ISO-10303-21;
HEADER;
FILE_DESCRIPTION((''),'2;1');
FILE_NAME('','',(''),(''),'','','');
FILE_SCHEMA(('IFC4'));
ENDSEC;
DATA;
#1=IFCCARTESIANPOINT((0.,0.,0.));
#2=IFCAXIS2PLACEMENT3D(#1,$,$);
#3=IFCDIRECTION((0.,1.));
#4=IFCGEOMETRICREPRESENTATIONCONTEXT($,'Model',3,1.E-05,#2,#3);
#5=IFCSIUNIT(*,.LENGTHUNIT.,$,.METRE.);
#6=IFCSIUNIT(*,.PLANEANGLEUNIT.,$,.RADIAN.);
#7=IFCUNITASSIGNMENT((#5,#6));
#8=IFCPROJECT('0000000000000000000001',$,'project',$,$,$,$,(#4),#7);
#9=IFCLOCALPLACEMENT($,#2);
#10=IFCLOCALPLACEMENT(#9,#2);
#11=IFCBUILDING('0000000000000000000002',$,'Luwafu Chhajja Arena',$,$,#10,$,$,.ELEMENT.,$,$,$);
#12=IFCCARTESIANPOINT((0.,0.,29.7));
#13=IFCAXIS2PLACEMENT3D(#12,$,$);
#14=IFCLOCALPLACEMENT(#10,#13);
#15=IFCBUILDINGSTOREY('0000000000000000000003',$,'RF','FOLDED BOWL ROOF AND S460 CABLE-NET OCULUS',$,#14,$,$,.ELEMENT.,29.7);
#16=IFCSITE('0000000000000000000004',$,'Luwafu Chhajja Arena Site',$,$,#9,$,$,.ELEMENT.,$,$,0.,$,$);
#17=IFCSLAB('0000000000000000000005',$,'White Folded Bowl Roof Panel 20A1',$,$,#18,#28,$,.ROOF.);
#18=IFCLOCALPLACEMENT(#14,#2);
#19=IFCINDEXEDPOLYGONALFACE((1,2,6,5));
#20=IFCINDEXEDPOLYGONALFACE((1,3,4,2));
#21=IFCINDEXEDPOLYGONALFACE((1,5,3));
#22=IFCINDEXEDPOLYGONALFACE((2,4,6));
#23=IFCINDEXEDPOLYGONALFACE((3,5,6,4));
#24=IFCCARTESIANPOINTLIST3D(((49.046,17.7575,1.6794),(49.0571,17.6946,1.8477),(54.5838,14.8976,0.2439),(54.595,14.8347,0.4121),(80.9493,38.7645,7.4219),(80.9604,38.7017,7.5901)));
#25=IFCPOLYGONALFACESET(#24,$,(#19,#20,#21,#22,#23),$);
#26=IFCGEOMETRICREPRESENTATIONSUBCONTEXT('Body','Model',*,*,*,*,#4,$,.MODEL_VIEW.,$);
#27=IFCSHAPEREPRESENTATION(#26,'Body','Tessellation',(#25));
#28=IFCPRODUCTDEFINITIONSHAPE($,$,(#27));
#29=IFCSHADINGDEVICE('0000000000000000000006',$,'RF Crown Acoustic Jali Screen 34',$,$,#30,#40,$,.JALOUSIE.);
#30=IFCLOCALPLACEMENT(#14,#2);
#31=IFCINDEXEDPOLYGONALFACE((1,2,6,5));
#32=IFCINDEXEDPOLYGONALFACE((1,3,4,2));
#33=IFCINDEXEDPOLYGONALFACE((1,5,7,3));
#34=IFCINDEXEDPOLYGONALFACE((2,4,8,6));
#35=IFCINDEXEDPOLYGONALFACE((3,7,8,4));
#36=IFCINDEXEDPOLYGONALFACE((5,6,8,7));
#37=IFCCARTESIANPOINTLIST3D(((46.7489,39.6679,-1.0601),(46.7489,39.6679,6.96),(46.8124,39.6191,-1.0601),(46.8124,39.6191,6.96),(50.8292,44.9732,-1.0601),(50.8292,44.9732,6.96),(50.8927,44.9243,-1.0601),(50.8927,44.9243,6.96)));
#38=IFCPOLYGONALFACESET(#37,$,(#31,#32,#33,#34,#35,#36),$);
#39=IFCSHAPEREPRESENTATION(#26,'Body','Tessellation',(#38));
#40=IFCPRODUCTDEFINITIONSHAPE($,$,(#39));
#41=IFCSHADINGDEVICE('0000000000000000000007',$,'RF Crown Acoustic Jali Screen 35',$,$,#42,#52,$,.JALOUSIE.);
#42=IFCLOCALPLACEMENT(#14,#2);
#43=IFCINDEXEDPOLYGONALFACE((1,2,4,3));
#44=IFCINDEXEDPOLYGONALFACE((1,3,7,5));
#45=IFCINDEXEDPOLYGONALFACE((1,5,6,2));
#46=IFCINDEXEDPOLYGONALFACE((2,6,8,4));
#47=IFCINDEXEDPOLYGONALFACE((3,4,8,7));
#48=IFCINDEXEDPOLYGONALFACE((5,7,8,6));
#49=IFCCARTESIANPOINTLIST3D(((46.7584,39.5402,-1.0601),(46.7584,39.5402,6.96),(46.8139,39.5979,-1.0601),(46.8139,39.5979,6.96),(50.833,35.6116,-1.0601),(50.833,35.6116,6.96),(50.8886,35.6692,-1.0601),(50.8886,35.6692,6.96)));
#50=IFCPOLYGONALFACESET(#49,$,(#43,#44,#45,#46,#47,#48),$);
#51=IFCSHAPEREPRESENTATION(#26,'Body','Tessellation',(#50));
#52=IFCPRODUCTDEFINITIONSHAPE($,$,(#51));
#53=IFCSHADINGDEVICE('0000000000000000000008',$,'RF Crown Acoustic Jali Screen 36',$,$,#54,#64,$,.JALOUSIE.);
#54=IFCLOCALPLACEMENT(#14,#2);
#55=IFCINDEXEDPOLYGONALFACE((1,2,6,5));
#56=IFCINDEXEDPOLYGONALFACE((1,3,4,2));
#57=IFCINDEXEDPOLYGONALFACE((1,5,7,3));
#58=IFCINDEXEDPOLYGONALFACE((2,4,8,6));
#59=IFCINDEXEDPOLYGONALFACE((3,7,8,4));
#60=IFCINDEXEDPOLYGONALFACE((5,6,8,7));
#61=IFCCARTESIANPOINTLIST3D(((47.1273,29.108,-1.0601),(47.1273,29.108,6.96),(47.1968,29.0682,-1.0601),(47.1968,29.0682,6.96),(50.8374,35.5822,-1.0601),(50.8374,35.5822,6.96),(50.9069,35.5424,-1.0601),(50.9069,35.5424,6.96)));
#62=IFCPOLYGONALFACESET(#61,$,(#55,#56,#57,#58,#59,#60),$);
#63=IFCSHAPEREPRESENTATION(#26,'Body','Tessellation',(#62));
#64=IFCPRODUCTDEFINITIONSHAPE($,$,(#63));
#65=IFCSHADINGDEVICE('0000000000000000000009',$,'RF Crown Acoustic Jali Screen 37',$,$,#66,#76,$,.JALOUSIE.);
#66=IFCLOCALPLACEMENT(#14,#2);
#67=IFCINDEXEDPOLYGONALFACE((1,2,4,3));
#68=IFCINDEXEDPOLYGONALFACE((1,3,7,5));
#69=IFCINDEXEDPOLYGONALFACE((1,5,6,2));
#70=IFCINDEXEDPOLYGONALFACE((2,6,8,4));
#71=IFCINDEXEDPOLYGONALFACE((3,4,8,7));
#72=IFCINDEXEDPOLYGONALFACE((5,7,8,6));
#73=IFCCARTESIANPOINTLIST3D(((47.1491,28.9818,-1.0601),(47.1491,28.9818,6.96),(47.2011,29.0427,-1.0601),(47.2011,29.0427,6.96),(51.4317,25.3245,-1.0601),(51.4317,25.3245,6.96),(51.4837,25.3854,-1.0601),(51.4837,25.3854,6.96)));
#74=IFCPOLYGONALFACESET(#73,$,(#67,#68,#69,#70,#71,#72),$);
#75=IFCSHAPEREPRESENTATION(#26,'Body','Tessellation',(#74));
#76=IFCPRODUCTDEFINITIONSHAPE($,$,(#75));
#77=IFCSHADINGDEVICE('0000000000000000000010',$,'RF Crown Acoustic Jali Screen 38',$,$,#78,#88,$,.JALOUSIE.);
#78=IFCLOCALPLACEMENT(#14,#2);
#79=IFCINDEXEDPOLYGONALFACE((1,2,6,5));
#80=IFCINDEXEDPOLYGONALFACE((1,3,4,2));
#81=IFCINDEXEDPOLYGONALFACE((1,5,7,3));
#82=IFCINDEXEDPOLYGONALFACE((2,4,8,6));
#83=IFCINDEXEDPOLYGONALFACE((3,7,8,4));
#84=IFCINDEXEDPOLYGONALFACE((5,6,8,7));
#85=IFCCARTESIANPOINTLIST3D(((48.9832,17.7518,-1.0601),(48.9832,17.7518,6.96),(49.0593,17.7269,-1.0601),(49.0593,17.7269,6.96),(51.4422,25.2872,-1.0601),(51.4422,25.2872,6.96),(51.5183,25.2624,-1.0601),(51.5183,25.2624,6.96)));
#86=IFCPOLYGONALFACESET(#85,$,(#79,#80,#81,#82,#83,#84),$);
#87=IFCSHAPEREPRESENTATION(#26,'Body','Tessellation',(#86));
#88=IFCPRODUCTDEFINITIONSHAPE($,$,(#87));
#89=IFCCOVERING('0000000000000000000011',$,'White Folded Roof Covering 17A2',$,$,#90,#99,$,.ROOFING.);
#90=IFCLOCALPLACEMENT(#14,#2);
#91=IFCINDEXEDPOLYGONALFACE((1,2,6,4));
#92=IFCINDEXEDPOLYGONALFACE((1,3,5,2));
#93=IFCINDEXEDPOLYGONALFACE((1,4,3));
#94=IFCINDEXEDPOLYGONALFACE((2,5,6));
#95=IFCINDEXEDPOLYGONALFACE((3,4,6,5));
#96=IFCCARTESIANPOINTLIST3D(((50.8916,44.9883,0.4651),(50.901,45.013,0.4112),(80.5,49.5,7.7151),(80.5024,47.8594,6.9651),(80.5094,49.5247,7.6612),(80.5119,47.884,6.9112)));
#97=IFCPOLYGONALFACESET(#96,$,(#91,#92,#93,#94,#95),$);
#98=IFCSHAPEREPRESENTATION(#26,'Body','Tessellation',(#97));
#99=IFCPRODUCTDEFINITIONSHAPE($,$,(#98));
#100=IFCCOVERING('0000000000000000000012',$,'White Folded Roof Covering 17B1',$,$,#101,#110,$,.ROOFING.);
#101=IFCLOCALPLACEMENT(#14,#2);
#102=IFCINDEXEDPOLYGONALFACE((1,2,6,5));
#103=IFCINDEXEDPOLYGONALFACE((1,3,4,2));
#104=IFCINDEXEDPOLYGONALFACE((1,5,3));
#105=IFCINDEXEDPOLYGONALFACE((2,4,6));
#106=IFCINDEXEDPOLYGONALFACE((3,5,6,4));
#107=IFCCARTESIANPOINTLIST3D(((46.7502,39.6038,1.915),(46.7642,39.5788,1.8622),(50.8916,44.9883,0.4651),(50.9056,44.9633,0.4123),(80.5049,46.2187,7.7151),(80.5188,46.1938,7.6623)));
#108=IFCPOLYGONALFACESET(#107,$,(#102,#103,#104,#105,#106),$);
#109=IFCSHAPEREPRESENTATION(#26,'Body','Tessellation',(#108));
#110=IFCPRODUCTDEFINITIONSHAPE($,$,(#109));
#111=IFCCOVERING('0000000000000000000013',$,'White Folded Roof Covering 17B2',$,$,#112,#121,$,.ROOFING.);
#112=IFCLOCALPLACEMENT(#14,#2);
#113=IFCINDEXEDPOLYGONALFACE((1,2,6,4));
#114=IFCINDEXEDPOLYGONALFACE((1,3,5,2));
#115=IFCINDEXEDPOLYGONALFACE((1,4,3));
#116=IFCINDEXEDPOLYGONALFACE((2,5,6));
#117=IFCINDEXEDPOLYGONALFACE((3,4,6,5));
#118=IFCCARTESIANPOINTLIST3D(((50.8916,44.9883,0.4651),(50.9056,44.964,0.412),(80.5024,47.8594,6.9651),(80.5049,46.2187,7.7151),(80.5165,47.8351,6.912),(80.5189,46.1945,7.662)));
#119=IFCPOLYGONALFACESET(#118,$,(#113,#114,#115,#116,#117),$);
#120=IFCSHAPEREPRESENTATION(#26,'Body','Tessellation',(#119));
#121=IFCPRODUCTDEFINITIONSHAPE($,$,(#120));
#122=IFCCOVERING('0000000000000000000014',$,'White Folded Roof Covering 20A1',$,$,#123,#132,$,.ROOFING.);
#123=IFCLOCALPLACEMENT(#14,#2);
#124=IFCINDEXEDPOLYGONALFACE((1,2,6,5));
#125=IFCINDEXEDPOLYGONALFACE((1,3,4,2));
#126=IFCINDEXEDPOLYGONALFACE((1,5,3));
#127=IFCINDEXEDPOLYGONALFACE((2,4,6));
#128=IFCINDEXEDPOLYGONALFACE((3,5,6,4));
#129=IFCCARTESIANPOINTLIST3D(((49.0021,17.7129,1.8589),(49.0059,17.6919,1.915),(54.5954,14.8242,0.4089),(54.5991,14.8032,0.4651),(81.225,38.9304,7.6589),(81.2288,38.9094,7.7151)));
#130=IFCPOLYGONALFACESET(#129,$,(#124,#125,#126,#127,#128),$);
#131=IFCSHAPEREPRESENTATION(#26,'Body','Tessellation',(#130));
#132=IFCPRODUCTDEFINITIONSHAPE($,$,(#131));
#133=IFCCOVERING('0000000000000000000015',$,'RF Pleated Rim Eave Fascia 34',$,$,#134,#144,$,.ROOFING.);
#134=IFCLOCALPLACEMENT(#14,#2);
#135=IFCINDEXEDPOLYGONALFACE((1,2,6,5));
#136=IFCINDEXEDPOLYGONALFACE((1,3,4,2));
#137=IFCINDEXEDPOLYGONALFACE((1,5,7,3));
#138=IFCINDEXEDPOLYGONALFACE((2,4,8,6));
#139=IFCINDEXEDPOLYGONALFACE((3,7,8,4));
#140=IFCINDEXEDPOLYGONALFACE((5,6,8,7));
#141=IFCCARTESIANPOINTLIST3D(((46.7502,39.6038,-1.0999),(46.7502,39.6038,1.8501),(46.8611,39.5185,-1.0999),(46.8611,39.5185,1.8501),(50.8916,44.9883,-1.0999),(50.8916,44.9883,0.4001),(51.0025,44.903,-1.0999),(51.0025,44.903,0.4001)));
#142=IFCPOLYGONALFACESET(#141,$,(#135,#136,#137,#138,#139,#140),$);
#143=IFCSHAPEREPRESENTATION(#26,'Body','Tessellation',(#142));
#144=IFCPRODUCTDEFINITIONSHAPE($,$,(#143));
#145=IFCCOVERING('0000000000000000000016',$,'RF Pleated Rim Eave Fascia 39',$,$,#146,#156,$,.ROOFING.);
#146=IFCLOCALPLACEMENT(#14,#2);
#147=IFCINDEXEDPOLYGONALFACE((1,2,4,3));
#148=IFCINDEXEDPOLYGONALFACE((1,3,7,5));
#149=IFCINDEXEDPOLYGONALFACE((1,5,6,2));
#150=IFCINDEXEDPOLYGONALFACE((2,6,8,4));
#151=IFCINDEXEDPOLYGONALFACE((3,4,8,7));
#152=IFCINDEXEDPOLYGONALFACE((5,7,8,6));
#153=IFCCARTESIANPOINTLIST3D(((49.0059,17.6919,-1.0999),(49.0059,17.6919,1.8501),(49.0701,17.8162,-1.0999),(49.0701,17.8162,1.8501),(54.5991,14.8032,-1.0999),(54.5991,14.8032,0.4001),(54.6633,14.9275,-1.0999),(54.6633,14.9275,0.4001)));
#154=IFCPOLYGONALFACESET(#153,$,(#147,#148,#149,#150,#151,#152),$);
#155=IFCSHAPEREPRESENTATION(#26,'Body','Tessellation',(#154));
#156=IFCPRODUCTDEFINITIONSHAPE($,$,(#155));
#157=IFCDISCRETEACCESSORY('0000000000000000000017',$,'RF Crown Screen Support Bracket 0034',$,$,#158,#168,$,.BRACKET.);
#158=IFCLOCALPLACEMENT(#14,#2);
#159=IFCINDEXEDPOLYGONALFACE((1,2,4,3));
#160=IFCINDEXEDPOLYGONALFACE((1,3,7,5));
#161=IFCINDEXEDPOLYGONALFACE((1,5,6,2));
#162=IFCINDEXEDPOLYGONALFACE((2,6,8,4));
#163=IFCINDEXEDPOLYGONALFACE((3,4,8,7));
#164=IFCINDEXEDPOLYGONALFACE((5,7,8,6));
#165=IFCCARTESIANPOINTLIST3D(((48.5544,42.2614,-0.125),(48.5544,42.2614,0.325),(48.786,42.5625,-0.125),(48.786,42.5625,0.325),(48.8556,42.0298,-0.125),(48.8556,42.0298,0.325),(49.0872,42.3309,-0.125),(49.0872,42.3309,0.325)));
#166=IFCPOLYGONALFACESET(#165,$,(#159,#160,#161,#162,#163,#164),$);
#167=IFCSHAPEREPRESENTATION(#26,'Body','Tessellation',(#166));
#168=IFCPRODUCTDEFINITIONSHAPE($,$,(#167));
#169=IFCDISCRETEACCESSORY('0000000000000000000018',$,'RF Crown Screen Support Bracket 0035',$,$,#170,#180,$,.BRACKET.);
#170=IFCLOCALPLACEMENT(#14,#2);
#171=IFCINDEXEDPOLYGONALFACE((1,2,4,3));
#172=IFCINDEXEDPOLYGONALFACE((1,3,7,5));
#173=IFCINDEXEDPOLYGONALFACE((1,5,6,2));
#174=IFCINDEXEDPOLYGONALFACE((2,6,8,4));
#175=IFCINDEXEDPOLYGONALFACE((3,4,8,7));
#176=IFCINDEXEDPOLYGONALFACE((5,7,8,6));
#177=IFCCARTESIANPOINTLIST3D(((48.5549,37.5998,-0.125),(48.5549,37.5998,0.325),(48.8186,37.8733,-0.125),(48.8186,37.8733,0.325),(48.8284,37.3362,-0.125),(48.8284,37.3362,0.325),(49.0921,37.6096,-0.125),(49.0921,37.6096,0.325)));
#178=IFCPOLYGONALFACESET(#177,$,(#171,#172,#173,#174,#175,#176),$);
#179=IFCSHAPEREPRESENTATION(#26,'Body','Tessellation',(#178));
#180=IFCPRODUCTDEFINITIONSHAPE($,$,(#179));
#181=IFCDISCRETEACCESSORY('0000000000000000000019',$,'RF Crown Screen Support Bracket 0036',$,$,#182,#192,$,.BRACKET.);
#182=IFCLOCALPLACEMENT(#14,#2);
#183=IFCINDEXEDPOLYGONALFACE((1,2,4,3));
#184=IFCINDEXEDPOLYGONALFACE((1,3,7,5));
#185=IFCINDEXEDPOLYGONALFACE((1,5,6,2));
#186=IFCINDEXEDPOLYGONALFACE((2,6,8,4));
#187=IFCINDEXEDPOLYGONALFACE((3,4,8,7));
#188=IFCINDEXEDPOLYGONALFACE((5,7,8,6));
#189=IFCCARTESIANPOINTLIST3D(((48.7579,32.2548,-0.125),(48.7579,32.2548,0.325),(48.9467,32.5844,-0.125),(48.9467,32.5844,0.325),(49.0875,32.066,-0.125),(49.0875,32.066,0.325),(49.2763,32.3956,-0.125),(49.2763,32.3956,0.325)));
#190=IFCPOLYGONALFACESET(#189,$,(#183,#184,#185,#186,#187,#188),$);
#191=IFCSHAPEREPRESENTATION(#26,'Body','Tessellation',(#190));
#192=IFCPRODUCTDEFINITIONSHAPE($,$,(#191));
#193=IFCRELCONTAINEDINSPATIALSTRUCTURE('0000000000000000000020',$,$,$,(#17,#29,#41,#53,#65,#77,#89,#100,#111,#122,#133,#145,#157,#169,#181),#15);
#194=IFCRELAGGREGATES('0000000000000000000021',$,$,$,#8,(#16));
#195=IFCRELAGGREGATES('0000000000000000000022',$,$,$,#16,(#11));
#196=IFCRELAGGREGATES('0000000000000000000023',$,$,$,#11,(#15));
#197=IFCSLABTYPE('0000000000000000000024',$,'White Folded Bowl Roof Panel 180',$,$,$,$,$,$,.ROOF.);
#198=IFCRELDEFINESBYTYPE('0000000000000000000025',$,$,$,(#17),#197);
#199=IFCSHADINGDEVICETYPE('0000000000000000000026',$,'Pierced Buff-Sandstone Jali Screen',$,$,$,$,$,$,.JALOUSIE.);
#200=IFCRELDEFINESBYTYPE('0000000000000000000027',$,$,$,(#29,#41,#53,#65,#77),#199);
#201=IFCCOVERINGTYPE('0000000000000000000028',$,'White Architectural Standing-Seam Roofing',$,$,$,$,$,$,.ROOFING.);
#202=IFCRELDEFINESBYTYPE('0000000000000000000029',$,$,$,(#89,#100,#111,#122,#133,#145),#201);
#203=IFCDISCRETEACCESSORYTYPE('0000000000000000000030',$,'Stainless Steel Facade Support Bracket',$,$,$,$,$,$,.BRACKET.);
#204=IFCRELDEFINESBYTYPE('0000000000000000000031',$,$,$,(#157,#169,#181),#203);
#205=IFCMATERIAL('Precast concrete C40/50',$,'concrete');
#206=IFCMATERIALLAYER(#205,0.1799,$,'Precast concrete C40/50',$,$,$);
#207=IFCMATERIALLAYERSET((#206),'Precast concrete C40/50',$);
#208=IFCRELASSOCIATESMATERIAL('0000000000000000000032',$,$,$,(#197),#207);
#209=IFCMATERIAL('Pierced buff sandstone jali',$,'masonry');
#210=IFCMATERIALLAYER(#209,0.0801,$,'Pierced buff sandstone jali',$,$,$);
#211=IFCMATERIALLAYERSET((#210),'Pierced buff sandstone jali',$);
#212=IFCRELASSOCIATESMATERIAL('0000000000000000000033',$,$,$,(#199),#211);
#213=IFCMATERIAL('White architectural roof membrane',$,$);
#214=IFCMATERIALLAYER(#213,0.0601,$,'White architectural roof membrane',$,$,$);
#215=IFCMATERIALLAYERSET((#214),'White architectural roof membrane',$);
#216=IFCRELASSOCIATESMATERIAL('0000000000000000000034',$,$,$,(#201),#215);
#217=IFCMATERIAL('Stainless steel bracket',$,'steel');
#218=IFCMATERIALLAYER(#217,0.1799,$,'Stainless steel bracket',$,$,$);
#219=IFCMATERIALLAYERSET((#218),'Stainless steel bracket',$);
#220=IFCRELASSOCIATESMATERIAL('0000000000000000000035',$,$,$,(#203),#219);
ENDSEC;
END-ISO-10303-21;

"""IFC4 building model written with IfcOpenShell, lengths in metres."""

from ifc_helpers import new_model, si_unit, direction, frame, origin, origin_2d, place, context, subcontext, project, spatial, polyline, rectangle, outline, extrude, material, layer, layer_set, type_object, element, save


model = new_model("IFC4")

# Units and contexts
model_context = context("Model", 3, precision=1e-05, world=origin(), true_north=direction((0.0, 1.0)))
body_context = subcontext(model_context, "Body", "Model", "MODEL_VIEW")
ifc_project = project(units=[si_unit("LENGTHUNIT", "METRE"), si_unit("PLANEANGLEUNIT", "RADIAN")], contexts=[model_context])

# Site, building, storey
site_placement = place(None, origin())
site = spatial("IfcSite", under=ifc_project, at=site_placement, Name="Luwafu Chhajja Arena Site", CompositionType="ELEMENT", RefElevation=0.0)
building_placement = place(site_placement, origin())
building = spatial("IfcBuilding", under=site, at=building_placement, Name="Luwafu Chhajja Arena", CompositionType="ELEMENT")
storey_placement = place(building_placement, frame((0.0, 0.0, 29.7)))
storey = spatial("IfcBuildingStorey", under=building, at=storey_placement, Name="RF", Description="FOLDED BOWL ROOF AND S460 CABLE-NET OCULUS", CompositionType="ELEMENT", Elevation=29.7)

# Slab
ifc_material_1 = material(Name="Precast concrete C40/50", Category="concrete")
ifc_layer_1 = layer(ifc_material_1, 0.1799, Name="Precast concrete C40/50")
ifc_layer_set_1 = layer_set([ifc_layer_1], Name="Precast concrete C40/50")
slab_type = type_object("IfcSlabType", Name="White Folded Bowl Roof Panel 180", PredefinedType="ROOF", material=ifc_layer_set_1)
slab_placement = place(storey_placement, frame((49.0571, 17.6946, 1.8477), z_axis=(0.061857, -0.349501, 0.934892), x_axis=(0.825919, 0.543835, 0.148661)))
element("IfcSlab", 1, at=slab_placement, inside=storey, type_object=slab_type, Name="White Folded Bowl Roof Panel 20A1", PredefinedType="ROOF", context=body_context, shape_type="SweptSolid", body=[
    extrude(outline(polyline([(0.0, 0.0), (38.6276, 0.0), (2.8051, -5.7479), (0.0, 0.0)])), origin(), (0.0, 0.0, -1.0), 0.1799),
])

# Shading devices
ifc_material_2 = material(Name="Pierced buff sandstone jali", Category="masonry")
ifc_layer_2 = layer(ifc_material_2, 0.0801, Name="Pierced buff sandstone jali")
ifc_layer_set_2 = layer_set([ifc_layer_2], Name="Pierced buff sandstone jali")
shading_device_type = type_object("IfcShadingDeviceType", Name="Pierced Buff-Sandstone Jali Screen", PredefinedType="JALOUSIE", material=ifc_layer_set_2)
shading_device_1_placement = place(storey_placement, frame((48.8208, 42.2961, -1.0601), z_axis=(0.0, 0.0, 1.0), x_axis=(-0.609653, -0.792668, 0.0)))
element("IfcShadingDevice", 2, at=shading_device_1_placement, inside=storey, type_object=shading_device_type, Name="RF Crown Acoustic Jali Screen 34", PredefinedType="JALOUSIE", context=body_context, shape_type="SweptSolid", body=[
    extrude(rectangle(XDim=6.6929, YDim=0.0801, at=origin_2d()), origin(), (0.0, 0.0, 1.0), 8.02),
])
shading_device_2_placement = place(storey_placement, frame((48.8235, 37.6047, -1.0601), z_axis=(0.0, 0.0, 1.0), x_axis=(0.719888, -0.69409, 0.0)))
element("IfcShadingDevice", 3, at=shading_device_2_placement, inside=storey, type_object=shading_device_type, Name="RF Crown Acoustic Jali Screen 35", PredefinedType="JALOUSIE", context=body_context, shape_type="SweptSolid", body=[
    extrude(rectangle(XDim=5.6602, YDim=0.0801, at=origin_2d()), origin(), (0.0, 0.0, 1.0), 8.02),
])
shading_device_3_placement = place(storey_placement, frame((49.0171, 32.3252, -1.0601), z_axis=(0.0, 0.0, 1.0), x_axis=(-0.497201, -0.867635, 0.0)))
element("IfcShadingDevice", 4, at=shading_device_3_placement, inside=storey, type_object=shading_device_type, Name="RF Crown Acoustic Jali Screen 36", PredefinedType="JALOUSIE", context=body_context, shape_type="SweptSolid", body=[
    extrude(rectangle(XDim=7.4619, YDim=0.0801, at=origin_2d()), origin(), (0.0, 0.0, 1.0), 8.02),
])
shading_device_4_placement = place(storey_placement, frame((49.3164, 27.1836, -1.0601), z_axis=(0.0, 0.0, 1.0), x_axis=(0.760439, -0.64941, 0.0)))
element("IfcShadingDevice", 5, at=shading_device_4_placement, inside=storey, type_object=shading_device_type, Name="RF Crown Acoustic Jali Screen 37", PredefinedType="JALOUSIE", context=body_context, shape_type="SweptSolid", body=[
    extrude(rectangle(XDim=5.6318, YDim=0.0801, at=origin_2d()), origin(), (0.0, 0.0, 1.0), 8.02),
])
shading_device_5_placement = place(storey_placement, frame((50.2507, 21.5071, -1.0601), z_axis=(0.0, 0.0, 1.0), x_axis=(-0.310226, -0.950663, 0.0)))
element("IfcShadingDevice", 6, at=shading_device_5_placement, inside=storey, type_object=shading_device_type, Name="RF Crown Acoustic Jali Screen 38", PredefinedType="JALOUSIE", context=body_context, shape_type="SweptSolid", body=[
    extrude(rectangle(XDim=7.9265, YDim=0.0801, at=origin_2d()), origin(), (0.0, 0.0, 1.0), 8.02),
])

# Coverings
ifc_material_3 = material(Name="White architectural roof membrane")
ifc_layer_3 = layer(ifc_material_3, 0.0601, Name="White architectural roof membrane")
ifc_layer_set_3 = layer_set([ifc_layer_3], Name="White architectural roof membrane")
covering_type = type_object("IfcCoveringType", Name="White Architectural Standing-Seam Roofing", PredefinedType="ROOFING", material=ifc_layer_set_3)
covering_1_placement = place(storey_placement, frame((50.8916, 44.9883, 0.4651), z_axis=(-0.157308, -0.410777, 0.898063), x_axis=(0.972393, 0.094284, 0.213454)))
element("IfcCovering", 7, at=covering_1_placement, inside=storey, type_object=covering_type, Name="White Folded Roof Covering 17A2", PredefinedType="ROOFING", context=body_context, shape_type="SweptSolid", body=[
    extrude(outline(polyline([(0.0, 0.0), (30.4515, 0.0), (30.7639, 1.7767), (0.0, 0.0)])), origin(), (0.0, 0.0, -1.0), 0.0601),
])
covering_2_placement = place(storey_placement, frame((50.8916, 44.9883, 0.4651), z_axis=(-0.232543, 0.415634, 0.879302), x_axis=(-0.596226, -0.775203, 0.208748)))
element("IfcCovering", 8, at=covering_2_placement, inside=storey, type_object=covering_type, Name="White Folded Roof Covering 17B1", PredefinedType="ROOFING", context=body_context, shape_type="SweptSolid", body=[
    extrude(outline(polyline([(0.0, 0.0), (6.946, 0.0), (-17.0966, 25.2731), (0.0, 0.0)])), origin(), (0.0, 0.0, -1.0), 0.0601),
])
covering_3_placement = place(storey_placement, frame((50.8916, 44.9883, 0.4651), z_axis=(-0.233332, 0.403996, 0.884502), x_axis=(0.970524, 0.040326, 0.237606)))
element("IfcCovering", 9, at=covering_3_placement, inside=storey, type_object=covering_type, Name="White Folded Roof Covering 17B2", PredefinedType="ROOFING", context=body_context, shape_type="SweptSolid", body=[
    extrude(outline(polyline([(0.0, 0.0), (30.5127, 0.0), (30.3983, 1.8003), (0.0, 0.0)])), origin(), (0.0, 0.0, -1.0), 0.0601),
])
covering_4_placement = place(storey_placement, frame((49.0059, 17.6919, 1.915), z_axis=(0.061853, -0.349499, 0.934893), x_axis=(0.865832, -0.447164, -0.224451)))
element("IfcCovering", 10, at=covering_4_placement, inside=storey, type_object=covering_type, Name="White Folded Roof Covering 20A1", PredefinedType="ROOFING", context=body_context, shape_type="SweptSolid", body=[
    extrude(outline(polyline([(0.0, 0.0), (6.46, 0.0), (17.1101, 35.0626), (0.0, 0.0)])), origin(), (0.0, 0.0, -1.0), 0.0601),
])
covering_5_placement = place(storey_placement, frame((50.8916, 44.9883, -1.0999), z_axis=(-0.792665, 0.609657, 0.0), x_axis=(-0.609657, -0.792665, 0.0)))
element("IfcCovering", 11, at=covering_5_placement, inside=storey, type_object=covering_type, Name="RF Pleated Rim Eave Fascia 34", PredefinedType="ROOFING", context=body_context, shape_type="SweptSolid", body=[
    extrude(outline(polyline([(0.0, 0.0), (6.7929, 0.0), (6.7929, 2.95), (0.0, 1.5), (0.0, 0.0)])), origin(), (0.0, 0.0, -1.0), 0.1399),
])
covering_6_placement = place(storey_placement, frame((49.0059, 17.6919, -1.0999), z_axis=(-0.458872, -0.888502, 0.0), x_axis=(0.888502, -0.458872, 0.0)))
element("IfcCovering", 12, at=covering_6_placement, inside=storey, type_object=covering_type, Name="RF Pleated Rim Eave Fascia 39", PredefinedType="ROOFING", context=body_context, shape_type="SweptSolid", body=[
    extrude(outline(polyline([(0.0, 0.0), (6.2952, 0.0), (6.2952, 1.5), (0.0, 2.95), (0.0, 0.0)])), origin(), (0.0, 0.0, -1.0), 0.1399),
])

# Discrete accessories
ifc_material_4 = material(Name="Stainless steel bracket", Category="steel")
ifc_layer_4 = layer(ifc_material_4, 0.1799, Name="Stainless steel bracket")
ifc_layer_set_4 = layer_set([ifc_layer_4], Name="Stainless steel bracket")
discrete_accessory_type = type_object("IfcDiscreteAccessoryType", Name="Stainless Steel Facade Support Bracket", PredefinedType="BRACKET", material=ifc_layer_set_4)
for number, where, z_axis, x_axis, name in (
    (13, (48.8208, 42.2961, -0.125), (0.0, 0.0, 1.0), (-0.609653, -0.792668, 0.0), "RF Crown Screen Support Bracket 0034"),
    (14, (48.8235, 37.6047, -0.125), (0.0, 0.0, 1.0), (0.719888, -0.69409, 0.0), "RF Crown Screen Support Bracket 0035"),
    (15, (49.0171, 32.3252, -0.125), (0.0, 0.0, 1.0), (-0.497201, -0.867635, 0.0), "RF Crown Screen Support Bracket 0036"),
):
    element("IfcDiscreteAccessory", number, at=place(storey_placement, frame(where, z_axis=z_axis, x_axis=x_axis)), inside=storey, type_object=discrete_accessory_type, Name=name, PredefinedType="BRACKET", context=body_context, shape_type="SweptSolid", body=[
        extrude(rectangle(XDim=0.3799, YDim=0.3799, at=origin_2d()), origin(), (0.0, 0.0, 1.0), 0.45),
    ])

save(model, "model.ifc")
